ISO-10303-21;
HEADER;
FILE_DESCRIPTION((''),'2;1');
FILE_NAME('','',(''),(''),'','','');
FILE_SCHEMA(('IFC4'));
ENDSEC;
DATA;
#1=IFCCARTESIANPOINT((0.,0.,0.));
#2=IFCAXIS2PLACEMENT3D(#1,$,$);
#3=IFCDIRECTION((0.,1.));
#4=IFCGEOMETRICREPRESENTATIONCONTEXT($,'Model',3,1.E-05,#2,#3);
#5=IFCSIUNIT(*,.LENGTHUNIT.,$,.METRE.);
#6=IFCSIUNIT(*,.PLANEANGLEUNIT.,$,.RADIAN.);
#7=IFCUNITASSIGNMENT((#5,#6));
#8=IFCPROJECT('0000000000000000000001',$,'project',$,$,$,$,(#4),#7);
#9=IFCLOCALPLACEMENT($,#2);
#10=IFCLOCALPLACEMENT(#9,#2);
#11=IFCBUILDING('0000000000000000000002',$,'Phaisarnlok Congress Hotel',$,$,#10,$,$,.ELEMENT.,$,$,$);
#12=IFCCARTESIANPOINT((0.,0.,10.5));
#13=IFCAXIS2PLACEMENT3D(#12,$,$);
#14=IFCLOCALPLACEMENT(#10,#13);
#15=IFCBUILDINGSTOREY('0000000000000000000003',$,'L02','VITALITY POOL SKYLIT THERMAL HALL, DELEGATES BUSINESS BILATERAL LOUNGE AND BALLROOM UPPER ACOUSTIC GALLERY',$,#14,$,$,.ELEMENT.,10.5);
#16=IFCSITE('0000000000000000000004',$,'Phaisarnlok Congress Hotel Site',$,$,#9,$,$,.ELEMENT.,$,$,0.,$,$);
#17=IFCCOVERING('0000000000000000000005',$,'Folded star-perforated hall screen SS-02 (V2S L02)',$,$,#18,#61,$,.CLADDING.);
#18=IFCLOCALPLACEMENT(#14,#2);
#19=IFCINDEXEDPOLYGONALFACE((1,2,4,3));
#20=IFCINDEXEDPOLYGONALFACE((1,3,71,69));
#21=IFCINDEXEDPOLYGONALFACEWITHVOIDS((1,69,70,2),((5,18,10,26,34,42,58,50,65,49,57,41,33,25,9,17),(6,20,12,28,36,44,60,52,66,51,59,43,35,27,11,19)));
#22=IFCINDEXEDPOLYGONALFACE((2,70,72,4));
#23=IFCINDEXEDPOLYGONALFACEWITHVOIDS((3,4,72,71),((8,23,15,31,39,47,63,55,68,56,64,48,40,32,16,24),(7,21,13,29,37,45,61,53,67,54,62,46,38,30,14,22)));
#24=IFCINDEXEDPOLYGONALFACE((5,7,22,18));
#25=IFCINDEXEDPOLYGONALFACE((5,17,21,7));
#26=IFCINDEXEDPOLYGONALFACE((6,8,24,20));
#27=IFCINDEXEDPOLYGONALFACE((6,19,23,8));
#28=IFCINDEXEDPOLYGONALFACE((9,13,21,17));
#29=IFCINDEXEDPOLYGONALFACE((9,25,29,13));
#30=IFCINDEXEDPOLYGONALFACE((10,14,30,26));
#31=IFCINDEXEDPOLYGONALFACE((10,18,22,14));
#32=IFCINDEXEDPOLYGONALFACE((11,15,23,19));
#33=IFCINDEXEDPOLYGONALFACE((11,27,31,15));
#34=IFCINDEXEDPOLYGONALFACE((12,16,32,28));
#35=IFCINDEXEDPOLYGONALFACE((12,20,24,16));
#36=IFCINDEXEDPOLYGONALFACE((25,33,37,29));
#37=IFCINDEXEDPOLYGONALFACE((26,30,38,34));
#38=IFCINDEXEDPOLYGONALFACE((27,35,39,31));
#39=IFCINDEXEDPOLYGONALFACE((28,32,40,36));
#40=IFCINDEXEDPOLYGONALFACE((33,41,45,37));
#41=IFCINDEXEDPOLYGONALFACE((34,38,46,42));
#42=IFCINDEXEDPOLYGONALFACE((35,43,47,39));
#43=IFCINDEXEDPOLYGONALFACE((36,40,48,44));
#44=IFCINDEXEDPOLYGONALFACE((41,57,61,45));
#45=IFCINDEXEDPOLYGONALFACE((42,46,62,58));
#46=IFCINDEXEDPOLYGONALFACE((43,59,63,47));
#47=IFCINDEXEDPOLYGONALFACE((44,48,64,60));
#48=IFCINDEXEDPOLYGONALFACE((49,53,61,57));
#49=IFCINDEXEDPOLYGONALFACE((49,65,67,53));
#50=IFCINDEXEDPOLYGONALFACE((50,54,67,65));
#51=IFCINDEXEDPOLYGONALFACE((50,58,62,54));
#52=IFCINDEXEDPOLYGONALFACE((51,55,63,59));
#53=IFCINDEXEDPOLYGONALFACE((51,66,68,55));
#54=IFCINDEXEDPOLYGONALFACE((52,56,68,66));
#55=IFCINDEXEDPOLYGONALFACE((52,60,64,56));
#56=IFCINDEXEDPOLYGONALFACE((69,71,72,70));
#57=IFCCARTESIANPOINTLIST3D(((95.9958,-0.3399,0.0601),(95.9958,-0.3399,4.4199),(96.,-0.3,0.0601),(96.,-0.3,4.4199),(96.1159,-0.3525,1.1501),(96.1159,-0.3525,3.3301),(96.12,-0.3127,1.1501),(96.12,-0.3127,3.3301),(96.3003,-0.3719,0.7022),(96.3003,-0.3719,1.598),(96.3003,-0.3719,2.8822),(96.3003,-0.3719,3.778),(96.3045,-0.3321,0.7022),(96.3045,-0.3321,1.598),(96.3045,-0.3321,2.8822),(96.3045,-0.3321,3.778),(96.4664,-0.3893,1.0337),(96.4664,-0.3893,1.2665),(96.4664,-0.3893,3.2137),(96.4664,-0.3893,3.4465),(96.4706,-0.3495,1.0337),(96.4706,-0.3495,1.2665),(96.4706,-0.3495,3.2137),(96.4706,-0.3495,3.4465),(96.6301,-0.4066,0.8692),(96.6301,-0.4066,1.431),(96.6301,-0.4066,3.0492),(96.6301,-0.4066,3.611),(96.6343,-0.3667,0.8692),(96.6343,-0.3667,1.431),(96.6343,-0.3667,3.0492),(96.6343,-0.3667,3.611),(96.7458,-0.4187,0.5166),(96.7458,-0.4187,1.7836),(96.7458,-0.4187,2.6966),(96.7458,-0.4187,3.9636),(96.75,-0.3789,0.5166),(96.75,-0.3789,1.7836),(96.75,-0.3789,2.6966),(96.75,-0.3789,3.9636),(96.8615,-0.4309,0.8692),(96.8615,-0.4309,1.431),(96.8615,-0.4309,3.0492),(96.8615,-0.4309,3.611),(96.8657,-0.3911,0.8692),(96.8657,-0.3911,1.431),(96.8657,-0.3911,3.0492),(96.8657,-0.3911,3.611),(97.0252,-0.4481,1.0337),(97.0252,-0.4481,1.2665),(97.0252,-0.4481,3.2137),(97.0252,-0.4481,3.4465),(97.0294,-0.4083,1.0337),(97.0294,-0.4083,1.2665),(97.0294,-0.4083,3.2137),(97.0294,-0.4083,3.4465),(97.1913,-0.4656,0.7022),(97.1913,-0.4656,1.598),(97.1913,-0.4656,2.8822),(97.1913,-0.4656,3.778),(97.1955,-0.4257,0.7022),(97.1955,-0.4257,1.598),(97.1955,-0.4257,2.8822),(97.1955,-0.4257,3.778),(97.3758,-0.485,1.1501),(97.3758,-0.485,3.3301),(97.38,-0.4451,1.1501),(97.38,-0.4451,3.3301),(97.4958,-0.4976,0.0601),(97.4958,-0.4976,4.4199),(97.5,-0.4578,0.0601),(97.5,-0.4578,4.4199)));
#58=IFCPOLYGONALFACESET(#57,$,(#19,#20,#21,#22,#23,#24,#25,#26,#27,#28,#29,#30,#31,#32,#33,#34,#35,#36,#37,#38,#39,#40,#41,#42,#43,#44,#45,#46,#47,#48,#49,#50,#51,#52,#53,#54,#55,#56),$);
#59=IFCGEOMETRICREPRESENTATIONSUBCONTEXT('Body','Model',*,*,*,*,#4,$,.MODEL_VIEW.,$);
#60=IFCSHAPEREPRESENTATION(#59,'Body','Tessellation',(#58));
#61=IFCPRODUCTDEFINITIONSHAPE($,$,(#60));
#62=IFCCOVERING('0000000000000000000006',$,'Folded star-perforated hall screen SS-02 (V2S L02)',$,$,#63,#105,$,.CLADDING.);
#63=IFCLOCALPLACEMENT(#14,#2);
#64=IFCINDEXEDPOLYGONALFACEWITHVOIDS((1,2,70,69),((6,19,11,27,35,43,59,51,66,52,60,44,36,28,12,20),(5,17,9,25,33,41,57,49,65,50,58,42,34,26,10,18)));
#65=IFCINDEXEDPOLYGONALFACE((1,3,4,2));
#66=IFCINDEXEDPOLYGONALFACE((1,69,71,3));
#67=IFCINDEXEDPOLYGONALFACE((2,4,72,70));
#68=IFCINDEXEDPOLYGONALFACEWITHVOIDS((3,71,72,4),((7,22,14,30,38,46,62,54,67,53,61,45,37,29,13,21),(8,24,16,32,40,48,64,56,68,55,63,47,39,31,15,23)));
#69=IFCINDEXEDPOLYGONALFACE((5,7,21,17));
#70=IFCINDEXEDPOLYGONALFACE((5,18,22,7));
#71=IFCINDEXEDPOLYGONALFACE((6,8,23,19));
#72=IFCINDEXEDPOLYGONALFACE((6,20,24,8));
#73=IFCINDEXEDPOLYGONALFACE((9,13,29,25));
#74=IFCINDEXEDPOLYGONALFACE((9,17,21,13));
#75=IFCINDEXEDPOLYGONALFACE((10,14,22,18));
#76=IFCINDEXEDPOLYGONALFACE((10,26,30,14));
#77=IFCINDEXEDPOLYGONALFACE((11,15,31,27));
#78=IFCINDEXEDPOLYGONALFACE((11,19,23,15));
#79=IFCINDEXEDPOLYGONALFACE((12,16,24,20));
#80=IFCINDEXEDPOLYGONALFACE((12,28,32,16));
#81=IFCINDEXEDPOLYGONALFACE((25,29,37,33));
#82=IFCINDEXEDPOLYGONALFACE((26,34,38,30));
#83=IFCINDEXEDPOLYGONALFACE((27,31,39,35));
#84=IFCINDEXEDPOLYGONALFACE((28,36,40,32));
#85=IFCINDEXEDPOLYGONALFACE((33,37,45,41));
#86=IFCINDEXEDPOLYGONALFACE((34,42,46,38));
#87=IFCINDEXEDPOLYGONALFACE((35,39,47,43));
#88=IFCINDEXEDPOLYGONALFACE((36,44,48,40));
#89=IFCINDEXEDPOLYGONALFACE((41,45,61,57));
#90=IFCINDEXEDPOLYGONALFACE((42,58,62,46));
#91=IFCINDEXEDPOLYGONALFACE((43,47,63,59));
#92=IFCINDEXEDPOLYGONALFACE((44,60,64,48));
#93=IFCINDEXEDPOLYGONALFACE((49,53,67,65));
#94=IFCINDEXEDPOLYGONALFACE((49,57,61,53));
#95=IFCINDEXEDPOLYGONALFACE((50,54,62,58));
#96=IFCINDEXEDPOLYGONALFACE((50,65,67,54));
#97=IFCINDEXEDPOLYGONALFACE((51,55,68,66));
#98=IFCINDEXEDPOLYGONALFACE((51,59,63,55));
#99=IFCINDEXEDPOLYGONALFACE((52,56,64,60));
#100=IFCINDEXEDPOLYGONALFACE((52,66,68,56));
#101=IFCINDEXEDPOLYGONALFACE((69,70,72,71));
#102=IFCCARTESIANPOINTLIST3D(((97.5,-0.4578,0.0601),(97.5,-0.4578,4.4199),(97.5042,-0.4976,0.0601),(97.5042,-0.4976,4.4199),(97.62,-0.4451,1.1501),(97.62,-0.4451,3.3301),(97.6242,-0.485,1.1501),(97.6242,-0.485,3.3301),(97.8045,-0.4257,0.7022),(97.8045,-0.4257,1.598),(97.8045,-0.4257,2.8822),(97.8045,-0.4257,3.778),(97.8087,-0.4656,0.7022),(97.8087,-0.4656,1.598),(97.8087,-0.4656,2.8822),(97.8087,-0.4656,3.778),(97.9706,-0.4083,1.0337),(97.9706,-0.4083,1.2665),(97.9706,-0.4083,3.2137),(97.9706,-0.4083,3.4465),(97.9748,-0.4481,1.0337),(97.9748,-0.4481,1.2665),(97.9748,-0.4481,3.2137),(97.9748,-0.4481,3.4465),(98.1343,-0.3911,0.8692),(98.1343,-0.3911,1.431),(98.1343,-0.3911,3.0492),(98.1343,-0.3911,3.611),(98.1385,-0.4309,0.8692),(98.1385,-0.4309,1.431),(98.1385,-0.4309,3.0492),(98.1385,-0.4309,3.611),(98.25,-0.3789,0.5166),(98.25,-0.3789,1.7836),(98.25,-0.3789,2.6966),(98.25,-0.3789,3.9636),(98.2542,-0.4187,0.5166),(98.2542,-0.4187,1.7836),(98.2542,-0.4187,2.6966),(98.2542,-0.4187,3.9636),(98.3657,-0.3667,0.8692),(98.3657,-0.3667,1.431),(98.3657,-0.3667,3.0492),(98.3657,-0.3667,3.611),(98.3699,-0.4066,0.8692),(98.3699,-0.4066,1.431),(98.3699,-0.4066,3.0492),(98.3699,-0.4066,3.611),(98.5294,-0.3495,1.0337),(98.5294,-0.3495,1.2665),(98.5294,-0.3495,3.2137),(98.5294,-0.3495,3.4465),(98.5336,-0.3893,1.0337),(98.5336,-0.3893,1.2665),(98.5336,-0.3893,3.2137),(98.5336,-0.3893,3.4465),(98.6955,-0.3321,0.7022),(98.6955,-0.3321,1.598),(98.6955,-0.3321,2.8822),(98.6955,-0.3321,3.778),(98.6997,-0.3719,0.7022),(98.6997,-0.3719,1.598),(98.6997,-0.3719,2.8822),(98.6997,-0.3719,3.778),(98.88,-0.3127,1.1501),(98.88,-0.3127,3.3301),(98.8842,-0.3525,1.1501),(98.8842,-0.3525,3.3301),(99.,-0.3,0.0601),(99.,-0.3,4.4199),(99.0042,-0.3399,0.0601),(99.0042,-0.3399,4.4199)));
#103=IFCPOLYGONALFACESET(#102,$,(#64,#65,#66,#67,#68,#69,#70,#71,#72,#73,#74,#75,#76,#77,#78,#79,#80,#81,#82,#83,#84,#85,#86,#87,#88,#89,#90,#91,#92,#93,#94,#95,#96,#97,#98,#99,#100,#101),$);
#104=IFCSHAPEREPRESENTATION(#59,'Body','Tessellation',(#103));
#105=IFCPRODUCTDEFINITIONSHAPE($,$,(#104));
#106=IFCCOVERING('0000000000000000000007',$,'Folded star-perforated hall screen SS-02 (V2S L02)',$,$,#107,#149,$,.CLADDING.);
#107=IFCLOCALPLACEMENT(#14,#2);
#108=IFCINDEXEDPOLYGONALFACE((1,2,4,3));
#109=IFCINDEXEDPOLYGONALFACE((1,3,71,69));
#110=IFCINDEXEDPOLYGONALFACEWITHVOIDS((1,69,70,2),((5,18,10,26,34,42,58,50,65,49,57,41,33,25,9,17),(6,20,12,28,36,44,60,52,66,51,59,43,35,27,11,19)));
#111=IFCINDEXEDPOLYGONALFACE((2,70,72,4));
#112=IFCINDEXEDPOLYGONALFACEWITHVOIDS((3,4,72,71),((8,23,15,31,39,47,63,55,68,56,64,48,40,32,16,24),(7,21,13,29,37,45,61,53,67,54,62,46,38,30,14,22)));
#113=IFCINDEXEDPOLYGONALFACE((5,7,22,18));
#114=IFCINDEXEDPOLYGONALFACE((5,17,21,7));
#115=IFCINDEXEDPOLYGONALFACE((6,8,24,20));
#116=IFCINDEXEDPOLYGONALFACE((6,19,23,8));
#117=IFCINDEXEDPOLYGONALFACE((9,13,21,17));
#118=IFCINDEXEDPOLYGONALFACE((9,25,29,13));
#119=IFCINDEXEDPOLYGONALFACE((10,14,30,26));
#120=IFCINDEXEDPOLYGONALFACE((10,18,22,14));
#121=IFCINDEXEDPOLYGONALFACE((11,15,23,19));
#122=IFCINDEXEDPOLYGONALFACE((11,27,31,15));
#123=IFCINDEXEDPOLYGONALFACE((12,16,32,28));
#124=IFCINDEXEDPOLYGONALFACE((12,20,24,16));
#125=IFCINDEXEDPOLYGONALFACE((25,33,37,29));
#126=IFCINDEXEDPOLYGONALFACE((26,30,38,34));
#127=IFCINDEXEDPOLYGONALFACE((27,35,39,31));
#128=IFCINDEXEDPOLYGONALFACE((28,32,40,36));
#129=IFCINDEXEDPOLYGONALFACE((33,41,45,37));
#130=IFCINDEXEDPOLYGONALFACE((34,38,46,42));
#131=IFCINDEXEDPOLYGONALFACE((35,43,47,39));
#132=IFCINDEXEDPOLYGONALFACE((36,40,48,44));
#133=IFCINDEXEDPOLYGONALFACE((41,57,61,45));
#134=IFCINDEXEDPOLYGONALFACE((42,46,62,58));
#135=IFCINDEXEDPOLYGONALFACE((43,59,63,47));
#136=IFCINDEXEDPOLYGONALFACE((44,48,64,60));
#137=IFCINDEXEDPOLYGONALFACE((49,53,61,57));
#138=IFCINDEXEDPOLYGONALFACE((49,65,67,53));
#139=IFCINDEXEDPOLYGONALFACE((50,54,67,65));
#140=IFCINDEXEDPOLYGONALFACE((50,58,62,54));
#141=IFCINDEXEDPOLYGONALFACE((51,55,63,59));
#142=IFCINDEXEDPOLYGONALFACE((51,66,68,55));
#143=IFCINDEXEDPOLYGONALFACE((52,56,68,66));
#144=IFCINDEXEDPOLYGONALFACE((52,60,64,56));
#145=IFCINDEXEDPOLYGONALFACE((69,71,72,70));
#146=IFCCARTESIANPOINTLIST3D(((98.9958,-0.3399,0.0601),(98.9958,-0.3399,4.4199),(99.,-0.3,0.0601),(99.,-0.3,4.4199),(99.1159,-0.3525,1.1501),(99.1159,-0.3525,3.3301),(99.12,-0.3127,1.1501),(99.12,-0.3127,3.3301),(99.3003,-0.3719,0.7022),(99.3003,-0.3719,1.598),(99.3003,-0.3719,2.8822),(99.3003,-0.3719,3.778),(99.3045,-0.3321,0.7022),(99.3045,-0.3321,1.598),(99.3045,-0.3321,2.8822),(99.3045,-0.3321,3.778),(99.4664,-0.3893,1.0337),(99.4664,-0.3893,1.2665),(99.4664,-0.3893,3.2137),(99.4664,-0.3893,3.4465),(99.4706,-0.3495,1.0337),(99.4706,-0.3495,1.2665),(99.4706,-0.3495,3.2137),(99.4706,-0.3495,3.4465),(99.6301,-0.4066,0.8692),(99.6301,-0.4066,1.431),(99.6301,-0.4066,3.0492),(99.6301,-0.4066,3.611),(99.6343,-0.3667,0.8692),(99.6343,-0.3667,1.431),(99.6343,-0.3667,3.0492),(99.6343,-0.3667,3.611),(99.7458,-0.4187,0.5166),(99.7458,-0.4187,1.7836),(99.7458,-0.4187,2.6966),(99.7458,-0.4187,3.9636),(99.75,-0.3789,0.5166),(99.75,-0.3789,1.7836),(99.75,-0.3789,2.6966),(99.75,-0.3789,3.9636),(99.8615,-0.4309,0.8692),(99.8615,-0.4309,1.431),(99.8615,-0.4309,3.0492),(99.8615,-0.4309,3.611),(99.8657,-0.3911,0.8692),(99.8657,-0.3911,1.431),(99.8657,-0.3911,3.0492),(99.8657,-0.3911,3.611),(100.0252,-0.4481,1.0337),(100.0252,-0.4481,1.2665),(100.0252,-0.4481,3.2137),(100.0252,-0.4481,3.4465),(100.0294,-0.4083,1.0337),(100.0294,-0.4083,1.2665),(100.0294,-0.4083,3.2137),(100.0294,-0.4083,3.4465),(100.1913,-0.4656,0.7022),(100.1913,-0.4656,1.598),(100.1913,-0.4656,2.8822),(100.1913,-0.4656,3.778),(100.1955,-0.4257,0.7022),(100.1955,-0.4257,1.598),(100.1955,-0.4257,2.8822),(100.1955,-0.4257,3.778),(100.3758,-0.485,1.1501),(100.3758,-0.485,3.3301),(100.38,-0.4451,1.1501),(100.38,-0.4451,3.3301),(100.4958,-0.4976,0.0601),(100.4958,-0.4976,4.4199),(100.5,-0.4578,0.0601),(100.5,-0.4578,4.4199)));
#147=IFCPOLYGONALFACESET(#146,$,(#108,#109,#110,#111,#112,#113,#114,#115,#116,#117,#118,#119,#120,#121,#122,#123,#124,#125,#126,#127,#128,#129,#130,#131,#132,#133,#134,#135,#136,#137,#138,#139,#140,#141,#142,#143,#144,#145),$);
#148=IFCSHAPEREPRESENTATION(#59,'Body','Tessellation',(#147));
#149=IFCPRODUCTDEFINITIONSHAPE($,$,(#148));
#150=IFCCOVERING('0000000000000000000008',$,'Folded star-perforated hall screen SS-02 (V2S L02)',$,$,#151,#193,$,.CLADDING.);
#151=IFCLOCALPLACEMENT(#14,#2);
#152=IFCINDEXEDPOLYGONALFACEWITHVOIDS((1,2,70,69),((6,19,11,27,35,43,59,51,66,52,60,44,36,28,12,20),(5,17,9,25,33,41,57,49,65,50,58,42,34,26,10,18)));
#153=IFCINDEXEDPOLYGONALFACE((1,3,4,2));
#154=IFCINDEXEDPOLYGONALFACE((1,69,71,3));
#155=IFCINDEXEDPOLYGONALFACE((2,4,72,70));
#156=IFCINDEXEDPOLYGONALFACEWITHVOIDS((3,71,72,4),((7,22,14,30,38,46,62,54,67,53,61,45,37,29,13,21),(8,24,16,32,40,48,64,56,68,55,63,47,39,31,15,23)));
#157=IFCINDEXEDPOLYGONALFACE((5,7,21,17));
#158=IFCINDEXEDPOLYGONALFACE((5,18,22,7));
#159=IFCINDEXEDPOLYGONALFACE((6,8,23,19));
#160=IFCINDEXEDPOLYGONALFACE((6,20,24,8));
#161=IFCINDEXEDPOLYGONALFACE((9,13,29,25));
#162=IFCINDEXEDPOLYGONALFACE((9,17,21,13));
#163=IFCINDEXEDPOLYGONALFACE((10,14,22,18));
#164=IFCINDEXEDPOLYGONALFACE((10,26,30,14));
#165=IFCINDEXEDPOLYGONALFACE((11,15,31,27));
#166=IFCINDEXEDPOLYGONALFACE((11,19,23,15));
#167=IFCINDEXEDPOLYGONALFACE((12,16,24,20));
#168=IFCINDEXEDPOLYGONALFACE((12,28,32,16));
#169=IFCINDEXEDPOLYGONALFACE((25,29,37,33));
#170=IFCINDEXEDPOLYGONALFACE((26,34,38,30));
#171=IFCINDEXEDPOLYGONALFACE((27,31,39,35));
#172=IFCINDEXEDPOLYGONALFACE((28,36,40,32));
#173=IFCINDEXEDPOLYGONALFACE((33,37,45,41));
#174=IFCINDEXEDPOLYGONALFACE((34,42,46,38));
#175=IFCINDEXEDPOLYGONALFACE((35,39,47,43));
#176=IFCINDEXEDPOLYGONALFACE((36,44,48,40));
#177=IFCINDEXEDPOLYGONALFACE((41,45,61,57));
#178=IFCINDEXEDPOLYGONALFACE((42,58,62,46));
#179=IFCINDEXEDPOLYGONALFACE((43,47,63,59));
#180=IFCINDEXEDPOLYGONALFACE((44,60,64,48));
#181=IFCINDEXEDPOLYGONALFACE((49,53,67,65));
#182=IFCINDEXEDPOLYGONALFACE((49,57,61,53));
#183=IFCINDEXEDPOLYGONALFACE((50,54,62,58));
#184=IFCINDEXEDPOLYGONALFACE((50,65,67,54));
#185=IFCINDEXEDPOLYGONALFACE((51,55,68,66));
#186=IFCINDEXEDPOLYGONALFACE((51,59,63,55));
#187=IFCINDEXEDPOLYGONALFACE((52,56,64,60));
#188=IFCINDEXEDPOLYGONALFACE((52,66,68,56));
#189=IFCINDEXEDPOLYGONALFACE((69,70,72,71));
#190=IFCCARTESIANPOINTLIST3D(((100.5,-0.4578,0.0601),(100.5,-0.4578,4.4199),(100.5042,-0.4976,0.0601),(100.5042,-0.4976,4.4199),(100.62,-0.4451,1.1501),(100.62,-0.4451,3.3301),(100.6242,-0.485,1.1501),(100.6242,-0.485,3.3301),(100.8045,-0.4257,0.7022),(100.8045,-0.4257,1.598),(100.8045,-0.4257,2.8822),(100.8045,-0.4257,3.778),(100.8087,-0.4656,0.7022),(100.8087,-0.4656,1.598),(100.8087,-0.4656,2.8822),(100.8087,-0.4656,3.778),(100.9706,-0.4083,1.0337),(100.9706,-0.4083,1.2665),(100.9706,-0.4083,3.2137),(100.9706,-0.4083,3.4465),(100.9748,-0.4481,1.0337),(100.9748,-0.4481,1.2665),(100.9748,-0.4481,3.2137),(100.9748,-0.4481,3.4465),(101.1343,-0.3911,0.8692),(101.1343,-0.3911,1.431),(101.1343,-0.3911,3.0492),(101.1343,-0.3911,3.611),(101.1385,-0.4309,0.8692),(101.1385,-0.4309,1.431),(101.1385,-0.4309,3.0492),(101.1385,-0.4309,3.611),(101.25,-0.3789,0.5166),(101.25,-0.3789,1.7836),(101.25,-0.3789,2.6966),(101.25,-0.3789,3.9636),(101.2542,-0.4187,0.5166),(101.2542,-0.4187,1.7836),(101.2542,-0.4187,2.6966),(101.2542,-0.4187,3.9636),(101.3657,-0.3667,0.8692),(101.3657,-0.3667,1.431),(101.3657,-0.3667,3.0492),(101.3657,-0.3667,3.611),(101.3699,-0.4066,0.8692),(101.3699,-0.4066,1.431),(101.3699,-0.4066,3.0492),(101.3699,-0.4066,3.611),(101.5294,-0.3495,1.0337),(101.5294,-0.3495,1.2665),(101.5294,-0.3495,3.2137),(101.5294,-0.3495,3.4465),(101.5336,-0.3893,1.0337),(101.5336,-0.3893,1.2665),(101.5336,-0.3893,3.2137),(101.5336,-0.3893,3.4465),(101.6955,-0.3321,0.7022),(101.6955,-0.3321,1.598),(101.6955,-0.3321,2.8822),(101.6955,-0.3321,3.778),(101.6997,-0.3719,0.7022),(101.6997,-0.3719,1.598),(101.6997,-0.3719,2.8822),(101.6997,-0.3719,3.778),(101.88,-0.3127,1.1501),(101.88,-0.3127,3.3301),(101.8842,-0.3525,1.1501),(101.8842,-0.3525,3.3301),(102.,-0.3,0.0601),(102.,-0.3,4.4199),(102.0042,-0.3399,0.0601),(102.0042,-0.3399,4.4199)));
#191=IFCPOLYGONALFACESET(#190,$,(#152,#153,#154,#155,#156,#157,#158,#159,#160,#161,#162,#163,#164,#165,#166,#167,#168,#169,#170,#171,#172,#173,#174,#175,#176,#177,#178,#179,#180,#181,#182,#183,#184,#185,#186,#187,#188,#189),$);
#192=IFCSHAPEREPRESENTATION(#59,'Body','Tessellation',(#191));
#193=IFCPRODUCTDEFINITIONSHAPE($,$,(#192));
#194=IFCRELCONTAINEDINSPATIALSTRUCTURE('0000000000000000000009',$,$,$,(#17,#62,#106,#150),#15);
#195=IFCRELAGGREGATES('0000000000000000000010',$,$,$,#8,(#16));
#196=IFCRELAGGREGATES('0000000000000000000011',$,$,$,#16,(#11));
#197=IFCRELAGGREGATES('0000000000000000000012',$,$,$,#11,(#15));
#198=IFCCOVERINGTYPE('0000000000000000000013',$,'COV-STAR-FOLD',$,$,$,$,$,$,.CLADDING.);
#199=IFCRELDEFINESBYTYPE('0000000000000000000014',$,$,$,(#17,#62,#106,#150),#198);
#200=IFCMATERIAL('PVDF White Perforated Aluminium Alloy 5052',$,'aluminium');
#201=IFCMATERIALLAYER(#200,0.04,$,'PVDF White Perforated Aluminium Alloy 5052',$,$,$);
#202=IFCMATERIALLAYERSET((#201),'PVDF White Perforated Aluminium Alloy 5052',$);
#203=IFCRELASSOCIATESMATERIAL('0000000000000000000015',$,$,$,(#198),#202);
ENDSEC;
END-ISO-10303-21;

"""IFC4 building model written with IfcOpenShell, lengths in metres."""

from ifc_helpers import new_model, si_unit, direction, frame, origin, place, context, subcontext, project, spatial, polyline, outline, extrude, material, layer, layer_set, type_object, element, save


model = new_model("IFC4")

# Units and contexts
model_context = context("Model", 3, precision=1e-05, world=origin(), true_north=direction((0.0, 1.0)))
body_context = subcontext(model_context, "Body", "Model", "MODEL_VIEW")
ifc_project = project(units=[si_unit("LENGTHUNIT", "METRE"), si_unit("PLANEANGLEUNIT", "RADIAN")], contexts=[model_context])

# Site, building, storey
site_placement = place(None, origin())
site = spatial("IfcSite", under=ifc_project, at=site_placement, Name="Phaisarnlok Congress Hotel Site", CompositionType="ELEMENT", RefElevation=0.0)
building_placement = place(site_placement, origin())
building = spatial("IfcBuilding", under=site, at=building_placement, Name="Phaisarnlok Congress Hotel", CompositionType="ELEMENT")
storey_placement = place(building_placement, frame((0.0, 0.0, 10.5)))
storey = spatial("IfcBuildingStorey", under=building, at=storey_placement, Name="L02", Description="VITALITY POOL SKYLIT THERMAL HALL, DELEGATES BUSINESS BILATERAL LOUNGE AND BALLROOM UPPER ACOUSTIC GALLERY", CompositionType="ELEMENT", Elevation=10.5)

# Coverings
ifc_material_1 = material(Name="PVDF White Perforated Aluminium Alloy 5052", Category="aluminium")
ifc_layer_1 = layer(ifc_material_1, 0.04, Name="PVDF White Perforated Aluminium Alloy 5052")
ifc_layer_set_1 = layer_set([ifc_layer_1], Name="PVDF White Perforated Aluminium Alloy 5052")
covering_type = type_object("IfcCoveringType", Name="COV-STAR-FOLD", PredefinedType="CLADDING", material=ifc_layer_set_1)
for number, where, z_axis, x_axis, name in (
    (1, (96.0, -0.3, 0.0601), (-0.104567, -0.994518, 0.0), (0.994518, -0.104567, 0.0), "Folded star-perforated hall screen SS-02 (V2S L02)"),
    (2, (97.5, -0.4578, 0.0601), (0.104567, -0.994518, 0.0), (0.994518, 0.104567, 0.0), "Folded star-perforated hall screen SS-02 (V2S L02)"),
    (3, (99.0, -0.3, 0.0601), (-0.104567, -0.994518, 0.0), (0.994518, -0.104567, 0.0), "Folded star-perforated hall screen SS-02 (V2S L02)"),
    (4, (100.5, -0.4578, 0.0601), (0.104567, -0.994518, 0.0), (0.994518, 0.104567, 0.0), "Folded star-perforated hall screen SS-02 (V2S L02)"),
):
    element("IfcCovering", number, at=place(storey_placement, frame(where, z_axis=z_axis, x_axis=x_axis)), inside=storey, type_object=covering_type, Name=name, PredefinedType="CLADDING", context=body_context, shape_type="SweptSolid", body=[
        extrude(outline(polyline([(0.0, 0.0), (1.5083, 0.0), (1.5083, 4.3599), (0.0, 4.3599), (0.0, 0.0)]), holes=[polyline([(1.0351, 0.9736), (1.2021, 0.6421), (0.8705, 0.8091), (0.7541, 0.4565), (0.6378, 0.8091), (0.3062, 0.6421), (0.4732, 0.9736), (0.1207, 1.09), (0.4732, 1.2064), (0.3062, 1.5379), (0.6378, 1.3709), (0.7541, 1.7235), (0.8705, 1.3709), (1.2021, 1.5379), (1.0351, 1.2064), (1.3876, 1.09), (1.0351, 0.9736)]), polyline([(1.0351, 3.1536), (1.2021, 2.8221), (0.8705, 2.9891), (0.7541, 2.6365), (0.6378, 2.9891), (0.3062, 2.8221), (0.4732, 3.1536), (0.1207, 3.27), (0.4732, 3.3864), (0.3062, 3.7179), (0.6378, 3.5509), (0.7541, 3.9035), (0.8705, 3.5509), (1.2021, 3.7179), (1.0351, 3.3864), (1.3876, 3.27), (1.0351, 3.1536)])]), origin(), (0.0, 0.0, 1.0), 0.04),
    ])

save(model, "model.ifc")
